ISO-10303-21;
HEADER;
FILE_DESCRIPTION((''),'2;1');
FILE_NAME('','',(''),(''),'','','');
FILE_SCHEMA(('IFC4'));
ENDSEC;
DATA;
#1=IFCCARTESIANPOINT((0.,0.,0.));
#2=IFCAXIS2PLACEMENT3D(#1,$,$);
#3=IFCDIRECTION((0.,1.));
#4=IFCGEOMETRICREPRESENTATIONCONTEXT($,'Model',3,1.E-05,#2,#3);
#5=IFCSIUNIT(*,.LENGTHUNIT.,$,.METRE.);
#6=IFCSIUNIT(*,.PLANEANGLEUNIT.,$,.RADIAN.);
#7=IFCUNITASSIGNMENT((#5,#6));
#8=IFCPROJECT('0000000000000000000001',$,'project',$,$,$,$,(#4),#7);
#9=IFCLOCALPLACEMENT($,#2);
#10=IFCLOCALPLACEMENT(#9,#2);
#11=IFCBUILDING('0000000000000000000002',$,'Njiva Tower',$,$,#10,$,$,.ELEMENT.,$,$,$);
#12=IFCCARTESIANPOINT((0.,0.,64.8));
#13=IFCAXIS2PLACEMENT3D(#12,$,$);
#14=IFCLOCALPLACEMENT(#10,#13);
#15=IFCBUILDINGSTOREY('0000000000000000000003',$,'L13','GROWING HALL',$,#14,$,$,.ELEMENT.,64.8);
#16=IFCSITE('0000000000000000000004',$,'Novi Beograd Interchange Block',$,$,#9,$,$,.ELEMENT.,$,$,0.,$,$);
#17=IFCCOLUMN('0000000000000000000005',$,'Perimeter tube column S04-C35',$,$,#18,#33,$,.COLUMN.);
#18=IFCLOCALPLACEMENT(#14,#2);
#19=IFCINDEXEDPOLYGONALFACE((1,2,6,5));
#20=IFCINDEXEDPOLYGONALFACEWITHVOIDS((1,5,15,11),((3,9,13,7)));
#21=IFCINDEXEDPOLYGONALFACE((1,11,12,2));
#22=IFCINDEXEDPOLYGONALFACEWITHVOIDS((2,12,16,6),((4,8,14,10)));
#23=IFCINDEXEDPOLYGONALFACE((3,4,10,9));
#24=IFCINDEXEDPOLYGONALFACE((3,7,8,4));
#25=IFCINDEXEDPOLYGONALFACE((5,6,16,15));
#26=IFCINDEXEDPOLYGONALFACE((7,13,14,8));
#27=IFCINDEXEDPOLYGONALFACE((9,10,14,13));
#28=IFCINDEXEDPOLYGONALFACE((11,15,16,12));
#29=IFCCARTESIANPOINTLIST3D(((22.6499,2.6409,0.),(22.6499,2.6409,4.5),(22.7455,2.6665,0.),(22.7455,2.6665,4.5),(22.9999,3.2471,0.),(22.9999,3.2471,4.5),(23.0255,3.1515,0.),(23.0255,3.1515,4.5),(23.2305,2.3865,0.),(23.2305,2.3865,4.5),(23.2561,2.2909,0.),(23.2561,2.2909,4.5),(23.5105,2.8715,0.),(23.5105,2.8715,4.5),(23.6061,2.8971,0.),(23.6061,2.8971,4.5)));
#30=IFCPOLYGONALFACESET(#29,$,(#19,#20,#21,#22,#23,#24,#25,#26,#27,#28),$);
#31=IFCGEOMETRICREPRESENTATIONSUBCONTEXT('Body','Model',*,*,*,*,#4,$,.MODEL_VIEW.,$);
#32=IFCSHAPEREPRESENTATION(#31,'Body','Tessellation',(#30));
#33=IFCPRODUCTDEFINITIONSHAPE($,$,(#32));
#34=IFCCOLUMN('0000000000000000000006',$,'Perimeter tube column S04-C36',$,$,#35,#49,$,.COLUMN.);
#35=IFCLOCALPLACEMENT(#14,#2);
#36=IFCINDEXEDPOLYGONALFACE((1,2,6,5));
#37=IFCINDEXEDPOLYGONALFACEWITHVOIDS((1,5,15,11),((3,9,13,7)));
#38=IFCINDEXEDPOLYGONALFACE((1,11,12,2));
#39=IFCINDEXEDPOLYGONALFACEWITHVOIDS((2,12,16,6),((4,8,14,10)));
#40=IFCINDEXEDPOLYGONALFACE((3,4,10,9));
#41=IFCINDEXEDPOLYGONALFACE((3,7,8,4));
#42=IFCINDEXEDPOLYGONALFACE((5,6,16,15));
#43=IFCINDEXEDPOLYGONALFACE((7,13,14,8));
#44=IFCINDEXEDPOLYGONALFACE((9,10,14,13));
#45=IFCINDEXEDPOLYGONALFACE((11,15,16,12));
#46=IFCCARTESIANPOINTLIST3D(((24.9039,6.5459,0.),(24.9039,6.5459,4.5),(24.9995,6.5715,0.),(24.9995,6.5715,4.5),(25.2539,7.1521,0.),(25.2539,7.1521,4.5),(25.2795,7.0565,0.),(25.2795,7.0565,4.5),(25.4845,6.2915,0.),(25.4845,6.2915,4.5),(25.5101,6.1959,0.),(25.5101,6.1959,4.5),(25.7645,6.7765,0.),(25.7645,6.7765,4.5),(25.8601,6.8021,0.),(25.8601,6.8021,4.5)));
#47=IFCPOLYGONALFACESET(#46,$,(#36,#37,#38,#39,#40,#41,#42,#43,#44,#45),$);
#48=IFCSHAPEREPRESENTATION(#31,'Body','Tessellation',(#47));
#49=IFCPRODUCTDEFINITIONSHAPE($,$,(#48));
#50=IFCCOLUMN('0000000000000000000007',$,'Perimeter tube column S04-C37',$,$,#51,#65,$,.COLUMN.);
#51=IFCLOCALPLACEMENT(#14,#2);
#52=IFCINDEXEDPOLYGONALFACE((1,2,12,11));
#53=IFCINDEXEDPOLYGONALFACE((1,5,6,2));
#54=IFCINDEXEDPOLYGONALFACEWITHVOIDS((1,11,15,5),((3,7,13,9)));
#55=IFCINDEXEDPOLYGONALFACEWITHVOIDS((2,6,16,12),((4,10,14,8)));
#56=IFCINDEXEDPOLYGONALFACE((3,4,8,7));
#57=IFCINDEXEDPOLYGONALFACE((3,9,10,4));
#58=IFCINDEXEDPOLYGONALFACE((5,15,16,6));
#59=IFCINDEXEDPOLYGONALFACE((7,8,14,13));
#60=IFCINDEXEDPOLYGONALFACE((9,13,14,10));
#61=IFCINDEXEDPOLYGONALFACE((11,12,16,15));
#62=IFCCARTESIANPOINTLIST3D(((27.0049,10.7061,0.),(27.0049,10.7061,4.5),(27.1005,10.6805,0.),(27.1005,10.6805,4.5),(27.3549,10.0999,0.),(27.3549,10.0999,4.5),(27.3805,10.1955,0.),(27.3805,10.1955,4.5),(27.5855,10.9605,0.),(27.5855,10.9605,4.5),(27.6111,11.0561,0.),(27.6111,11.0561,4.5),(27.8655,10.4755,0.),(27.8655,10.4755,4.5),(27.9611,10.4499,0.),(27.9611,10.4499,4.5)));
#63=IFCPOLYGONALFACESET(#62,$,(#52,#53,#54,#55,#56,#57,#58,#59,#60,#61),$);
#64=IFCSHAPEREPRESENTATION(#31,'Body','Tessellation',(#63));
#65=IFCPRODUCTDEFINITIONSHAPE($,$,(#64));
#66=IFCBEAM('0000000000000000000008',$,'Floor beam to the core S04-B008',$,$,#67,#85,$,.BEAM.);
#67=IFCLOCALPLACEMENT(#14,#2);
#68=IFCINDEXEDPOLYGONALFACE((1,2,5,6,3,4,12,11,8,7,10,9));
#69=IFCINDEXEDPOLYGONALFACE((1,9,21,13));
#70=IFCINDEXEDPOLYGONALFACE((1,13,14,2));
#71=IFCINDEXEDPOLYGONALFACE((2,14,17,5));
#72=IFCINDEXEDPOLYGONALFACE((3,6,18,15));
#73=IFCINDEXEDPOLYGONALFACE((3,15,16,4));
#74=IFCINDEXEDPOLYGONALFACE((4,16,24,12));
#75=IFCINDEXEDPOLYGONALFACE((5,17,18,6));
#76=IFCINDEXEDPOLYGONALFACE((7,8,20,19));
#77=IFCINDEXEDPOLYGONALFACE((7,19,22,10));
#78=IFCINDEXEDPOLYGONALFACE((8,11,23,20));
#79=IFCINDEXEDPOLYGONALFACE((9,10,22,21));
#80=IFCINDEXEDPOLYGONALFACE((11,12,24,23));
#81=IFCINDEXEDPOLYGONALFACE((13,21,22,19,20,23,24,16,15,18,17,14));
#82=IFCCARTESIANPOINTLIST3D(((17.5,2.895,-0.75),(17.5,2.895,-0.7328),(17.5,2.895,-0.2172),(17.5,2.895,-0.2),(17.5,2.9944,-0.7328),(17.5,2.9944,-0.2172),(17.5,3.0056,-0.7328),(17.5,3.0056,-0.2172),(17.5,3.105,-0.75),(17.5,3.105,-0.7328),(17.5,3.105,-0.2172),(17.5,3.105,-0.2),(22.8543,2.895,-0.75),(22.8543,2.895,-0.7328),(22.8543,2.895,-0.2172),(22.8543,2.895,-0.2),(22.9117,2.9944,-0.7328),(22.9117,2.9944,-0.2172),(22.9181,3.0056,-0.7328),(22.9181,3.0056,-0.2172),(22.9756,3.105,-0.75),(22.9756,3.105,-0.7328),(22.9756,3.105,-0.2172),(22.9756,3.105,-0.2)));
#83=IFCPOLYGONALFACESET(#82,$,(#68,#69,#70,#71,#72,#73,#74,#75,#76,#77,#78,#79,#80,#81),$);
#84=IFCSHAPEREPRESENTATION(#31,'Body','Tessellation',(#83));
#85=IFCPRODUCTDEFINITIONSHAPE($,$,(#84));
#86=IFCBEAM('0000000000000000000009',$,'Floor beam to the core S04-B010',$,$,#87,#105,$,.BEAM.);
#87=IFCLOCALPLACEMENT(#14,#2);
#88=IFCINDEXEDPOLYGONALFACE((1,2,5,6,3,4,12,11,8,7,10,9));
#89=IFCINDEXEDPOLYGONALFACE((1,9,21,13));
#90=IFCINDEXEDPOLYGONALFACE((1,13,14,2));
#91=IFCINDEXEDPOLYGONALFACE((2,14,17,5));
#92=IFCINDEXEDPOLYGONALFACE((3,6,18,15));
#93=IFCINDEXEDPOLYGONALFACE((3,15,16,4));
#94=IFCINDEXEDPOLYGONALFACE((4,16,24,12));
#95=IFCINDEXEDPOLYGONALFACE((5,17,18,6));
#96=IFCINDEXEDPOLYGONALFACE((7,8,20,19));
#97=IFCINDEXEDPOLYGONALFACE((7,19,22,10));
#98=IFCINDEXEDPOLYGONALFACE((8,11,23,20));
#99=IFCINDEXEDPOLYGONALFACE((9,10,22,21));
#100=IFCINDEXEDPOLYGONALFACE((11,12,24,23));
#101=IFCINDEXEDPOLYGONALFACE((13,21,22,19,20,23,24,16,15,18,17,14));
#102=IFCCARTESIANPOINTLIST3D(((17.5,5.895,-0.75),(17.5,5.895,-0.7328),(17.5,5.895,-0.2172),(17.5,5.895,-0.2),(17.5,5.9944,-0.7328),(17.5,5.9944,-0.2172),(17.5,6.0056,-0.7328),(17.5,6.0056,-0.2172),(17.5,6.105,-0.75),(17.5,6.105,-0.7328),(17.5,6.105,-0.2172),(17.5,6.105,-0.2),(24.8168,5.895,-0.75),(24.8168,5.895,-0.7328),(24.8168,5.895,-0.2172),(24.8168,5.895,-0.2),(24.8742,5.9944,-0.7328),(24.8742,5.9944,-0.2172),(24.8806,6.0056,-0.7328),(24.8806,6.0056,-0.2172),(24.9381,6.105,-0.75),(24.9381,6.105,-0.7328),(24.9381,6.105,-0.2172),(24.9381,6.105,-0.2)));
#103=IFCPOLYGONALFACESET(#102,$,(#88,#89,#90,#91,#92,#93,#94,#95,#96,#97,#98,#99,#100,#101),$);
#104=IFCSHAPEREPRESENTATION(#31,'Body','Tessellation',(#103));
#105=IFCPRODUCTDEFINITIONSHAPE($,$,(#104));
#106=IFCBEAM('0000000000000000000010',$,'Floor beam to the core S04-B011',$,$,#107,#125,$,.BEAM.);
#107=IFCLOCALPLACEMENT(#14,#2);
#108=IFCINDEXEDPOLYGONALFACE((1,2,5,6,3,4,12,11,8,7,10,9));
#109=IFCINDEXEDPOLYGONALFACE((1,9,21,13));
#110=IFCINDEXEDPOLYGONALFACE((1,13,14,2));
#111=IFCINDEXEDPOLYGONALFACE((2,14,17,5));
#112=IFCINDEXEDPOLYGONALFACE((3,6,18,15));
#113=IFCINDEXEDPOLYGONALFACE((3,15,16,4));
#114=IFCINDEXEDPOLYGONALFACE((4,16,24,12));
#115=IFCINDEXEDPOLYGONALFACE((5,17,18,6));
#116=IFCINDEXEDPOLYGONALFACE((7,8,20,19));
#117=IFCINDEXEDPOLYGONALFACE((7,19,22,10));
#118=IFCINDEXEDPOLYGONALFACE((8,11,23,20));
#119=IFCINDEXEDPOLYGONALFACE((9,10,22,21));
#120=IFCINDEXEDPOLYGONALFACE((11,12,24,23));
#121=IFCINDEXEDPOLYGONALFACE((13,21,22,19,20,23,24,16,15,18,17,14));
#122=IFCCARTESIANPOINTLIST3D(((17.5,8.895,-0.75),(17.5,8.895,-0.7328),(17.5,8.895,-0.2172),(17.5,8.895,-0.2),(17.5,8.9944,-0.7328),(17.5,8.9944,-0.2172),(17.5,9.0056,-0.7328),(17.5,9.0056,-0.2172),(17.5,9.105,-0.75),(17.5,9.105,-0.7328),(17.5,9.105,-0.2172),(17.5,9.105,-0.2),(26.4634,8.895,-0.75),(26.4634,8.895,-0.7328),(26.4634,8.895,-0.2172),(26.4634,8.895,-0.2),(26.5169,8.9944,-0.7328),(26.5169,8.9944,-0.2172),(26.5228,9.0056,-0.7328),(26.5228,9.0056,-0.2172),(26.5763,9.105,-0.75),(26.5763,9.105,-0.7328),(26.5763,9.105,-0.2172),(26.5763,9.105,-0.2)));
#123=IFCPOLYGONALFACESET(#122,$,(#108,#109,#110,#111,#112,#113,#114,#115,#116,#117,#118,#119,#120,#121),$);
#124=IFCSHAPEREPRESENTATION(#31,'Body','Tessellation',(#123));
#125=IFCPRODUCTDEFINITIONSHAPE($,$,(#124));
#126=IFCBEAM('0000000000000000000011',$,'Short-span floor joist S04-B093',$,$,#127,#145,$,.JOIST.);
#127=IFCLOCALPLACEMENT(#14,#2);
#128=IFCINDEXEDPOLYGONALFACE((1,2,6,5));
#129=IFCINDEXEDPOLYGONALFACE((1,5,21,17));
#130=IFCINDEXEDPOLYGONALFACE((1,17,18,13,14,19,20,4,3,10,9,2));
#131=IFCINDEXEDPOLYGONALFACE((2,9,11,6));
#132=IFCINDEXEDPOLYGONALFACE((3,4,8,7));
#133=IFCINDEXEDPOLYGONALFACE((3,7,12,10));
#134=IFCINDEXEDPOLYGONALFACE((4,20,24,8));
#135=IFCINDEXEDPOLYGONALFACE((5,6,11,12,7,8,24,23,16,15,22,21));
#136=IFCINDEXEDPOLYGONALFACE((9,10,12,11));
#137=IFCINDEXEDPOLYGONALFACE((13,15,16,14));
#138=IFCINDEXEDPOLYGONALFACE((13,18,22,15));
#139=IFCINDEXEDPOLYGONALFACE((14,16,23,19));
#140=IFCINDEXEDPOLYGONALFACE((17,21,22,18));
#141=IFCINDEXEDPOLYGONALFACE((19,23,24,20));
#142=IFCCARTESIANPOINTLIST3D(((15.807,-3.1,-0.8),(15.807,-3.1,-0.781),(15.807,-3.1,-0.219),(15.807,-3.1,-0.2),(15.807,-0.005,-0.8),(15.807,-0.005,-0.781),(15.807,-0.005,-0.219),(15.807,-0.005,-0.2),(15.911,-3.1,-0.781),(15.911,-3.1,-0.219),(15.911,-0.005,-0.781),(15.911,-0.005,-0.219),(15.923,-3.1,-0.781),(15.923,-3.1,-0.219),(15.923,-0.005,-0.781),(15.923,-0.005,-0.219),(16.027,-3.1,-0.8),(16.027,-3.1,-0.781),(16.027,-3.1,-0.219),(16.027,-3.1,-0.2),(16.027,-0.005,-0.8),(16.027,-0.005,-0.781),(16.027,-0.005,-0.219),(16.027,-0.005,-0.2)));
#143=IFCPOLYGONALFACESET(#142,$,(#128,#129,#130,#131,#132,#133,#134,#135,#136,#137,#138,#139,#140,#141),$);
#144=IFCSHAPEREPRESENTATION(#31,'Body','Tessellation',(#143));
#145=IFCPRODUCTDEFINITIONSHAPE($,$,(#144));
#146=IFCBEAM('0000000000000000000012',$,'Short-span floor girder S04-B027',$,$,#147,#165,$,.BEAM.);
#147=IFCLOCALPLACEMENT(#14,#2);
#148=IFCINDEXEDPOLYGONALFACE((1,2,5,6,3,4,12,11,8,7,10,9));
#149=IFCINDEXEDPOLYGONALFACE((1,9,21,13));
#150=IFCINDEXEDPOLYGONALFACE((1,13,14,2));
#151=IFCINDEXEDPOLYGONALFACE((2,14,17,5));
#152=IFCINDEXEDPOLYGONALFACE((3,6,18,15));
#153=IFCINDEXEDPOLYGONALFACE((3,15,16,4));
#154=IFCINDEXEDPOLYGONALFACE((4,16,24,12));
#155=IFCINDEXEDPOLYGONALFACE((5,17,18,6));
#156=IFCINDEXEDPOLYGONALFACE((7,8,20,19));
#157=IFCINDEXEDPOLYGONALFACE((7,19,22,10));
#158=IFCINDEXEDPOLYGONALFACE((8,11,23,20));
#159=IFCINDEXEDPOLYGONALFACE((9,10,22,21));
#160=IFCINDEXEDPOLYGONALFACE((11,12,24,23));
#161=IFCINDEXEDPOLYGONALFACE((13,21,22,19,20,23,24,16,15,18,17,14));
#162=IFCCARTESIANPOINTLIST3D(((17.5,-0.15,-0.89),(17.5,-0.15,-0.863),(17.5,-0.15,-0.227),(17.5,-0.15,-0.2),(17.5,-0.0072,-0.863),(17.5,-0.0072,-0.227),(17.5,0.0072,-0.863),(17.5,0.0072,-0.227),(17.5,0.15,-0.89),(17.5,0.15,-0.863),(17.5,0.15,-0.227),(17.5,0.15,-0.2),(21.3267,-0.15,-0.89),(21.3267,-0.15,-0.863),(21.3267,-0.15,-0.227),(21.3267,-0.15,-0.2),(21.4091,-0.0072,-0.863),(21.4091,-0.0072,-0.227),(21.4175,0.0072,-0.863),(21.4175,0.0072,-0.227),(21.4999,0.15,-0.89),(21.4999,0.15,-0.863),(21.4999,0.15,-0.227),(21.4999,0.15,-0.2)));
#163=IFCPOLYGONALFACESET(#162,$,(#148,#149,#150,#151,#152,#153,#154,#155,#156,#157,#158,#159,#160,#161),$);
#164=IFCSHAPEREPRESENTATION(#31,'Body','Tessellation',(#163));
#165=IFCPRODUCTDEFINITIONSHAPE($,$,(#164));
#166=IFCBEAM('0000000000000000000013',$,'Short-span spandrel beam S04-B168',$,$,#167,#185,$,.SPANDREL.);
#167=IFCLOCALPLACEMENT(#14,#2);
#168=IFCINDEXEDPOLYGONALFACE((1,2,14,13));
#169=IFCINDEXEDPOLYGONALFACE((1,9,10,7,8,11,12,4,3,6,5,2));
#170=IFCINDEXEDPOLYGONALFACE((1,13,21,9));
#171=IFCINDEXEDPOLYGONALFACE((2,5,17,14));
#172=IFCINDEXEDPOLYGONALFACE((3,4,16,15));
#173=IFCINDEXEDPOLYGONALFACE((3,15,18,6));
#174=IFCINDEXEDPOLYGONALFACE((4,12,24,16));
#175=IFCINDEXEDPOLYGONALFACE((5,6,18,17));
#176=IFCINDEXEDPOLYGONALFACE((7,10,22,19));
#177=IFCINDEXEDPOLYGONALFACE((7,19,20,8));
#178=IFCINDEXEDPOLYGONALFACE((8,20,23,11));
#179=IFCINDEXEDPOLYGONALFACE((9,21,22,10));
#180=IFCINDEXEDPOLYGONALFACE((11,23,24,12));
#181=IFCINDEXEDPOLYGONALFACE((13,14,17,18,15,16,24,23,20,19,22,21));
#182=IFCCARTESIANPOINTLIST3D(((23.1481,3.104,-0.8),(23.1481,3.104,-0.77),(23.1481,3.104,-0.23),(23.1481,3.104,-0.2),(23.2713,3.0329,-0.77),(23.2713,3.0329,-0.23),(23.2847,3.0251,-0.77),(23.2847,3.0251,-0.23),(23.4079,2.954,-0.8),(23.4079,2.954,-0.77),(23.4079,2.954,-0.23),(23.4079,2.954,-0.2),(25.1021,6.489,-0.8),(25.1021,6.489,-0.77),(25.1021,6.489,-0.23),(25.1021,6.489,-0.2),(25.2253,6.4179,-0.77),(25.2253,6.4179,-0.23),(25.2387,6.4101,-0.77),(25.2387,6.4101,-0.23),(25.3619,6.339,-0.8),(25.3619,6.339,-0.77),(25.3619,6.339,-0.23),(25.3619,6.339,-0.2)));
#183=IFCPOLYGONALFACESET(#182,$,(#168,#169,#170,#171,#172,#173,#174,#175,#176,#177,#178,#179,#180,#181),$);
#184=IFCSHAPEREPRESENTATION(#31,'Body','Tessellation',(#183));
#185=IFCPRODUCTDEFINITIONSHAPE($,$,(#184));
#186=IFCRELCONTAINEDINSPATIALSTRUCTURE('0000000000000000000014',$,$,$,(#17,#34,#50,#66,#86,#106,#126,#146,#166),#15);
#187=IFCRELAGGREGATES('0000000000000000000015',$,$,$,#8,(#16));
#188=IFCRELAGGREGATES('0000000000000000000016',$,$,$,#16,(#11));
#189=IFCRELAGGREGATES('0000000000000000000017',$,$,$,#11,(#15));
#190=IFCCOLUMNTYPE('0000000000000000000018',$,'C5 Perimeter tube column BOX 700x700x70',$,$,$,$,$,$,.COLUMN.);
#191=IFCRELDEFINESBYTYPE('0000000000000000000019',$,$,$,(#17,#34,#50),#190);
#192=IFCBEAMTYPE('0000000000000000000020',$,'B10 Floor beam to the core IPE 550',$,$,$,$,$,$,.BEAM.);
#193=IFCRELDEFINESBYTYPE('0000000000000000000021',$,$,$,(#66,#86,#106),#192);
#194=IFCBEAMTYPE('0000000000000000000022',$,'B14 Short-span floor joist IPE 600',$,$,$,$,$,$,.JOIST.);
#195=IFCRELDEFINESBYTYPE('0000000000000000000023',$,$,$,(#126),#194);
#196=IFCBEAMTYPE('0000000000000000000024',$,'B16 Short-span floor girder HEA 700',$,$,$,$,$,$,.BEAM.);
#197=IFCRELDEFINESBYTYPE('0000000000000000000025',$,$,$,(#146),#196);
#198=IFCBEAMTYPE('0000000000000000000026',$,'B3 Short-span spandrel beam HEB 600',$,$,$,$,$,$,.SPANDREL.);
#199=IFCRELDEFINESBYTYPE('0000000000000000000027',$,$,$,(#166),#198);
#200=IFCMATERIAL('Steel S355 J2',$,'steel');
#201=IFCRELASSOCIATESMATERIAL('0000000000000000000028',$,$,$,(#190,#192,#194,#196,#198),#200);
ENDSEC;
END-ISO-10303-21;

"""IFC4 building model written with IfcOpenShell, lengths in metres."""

from ifc_helpers import new_model, si_unit, direction, frame, origin, origin_2d, place, context, subcontext, project, spatial, hollow_rectangle, i_section, extrude, clip, halfspace, material, material_profile, profile_set, type_object, element, save


model = new_model("IFC4")

# Units and contexts
model_context = context("Model", 3, precision=1e-05, world=origin(), true_north=direction((0.0, 1.0)))
body_context = subcontext(model_context, "Body", "Model", "MODEL_VIEW")
ifc_project = project(units=[si_unit("LENGTHUNIT", "METRE"), si_unit("PLANEANGLEUNIT", "RADIAN")], contexts=[model_context])

# Site, building, storey
site_placement = place(None, origin())
site = spatial("IfcSite", under=ifc_project, at=site_placement, Name="Novi Beograd Interchange Block", CompositionType="ELEMENT", RefElevation=0.0)
building_placement = place(site_placement, origin())
building = spatial("IfcBuilding", under=site, at=building_placement, Name="Njiva Tower", CompositionType="ELEMENT")
storey_placement = place(building_placement, frame((0.0, 0.0, 64.8)))
storey = spatial("IfcBuildingStorey", under=building, at=storey_placement, Name="L13", Description="GROWING HALL", CompositionType="ELEMENT", Elevation=64.8)

# Columns
ifc_material_1 = material(Name="Steel S355 J2", Category="steel")
ifc_material_profile_1 = material_profile(ifc_material_1, hollow_rectangle(XDim=0.7, YDim=0.7, WallThickness=0.07, at=origin_2d()), Name="BOX 700x700x70")
ifc_profile_set_1 = profile_set([ifc_material_profile_1], Name="Steel S355 J2")
column_type = type_object("IfcColumnType", Name="C5 Perimeter tube column BOX 700x700x70", PredefinedType="COLUMN", material=ifc_profile_set_1)
for number, where, z_axis, x_axis, name in (
    (1, (23.128, 2.769, 0.0), (0.0, 0.0, 1.0), (0.5, 0.866025, 0.0), "Perimeter tube column S04-C35"),
    (2, (25.382, 6.674, 0.0), (0.0, 0.0, 1.0), (0.5, 0.866025, 0.0), "Perimeter tube column S04-C36"),
    (3, (27.483, 10.578, 0.0), (0.0, 0.0, 1.0), (-0.5, 0.866025, 0.0), "Perimeter tube column S04-C37"),
):
    element("IfcColumn", number, at=place(storey_placement, frame(where, z_axis=z_axis, x_axis=x_axis)), inside=storey, type_object=column_type, Name=name, PredefinedType="COLUMN", context=body_context, shape_type="SweptSolid", body=[
        extrude(hollow_rectangle(XDim=0.7, YDim=0.7, WallThickness=0.07, at=origin_2d()), origin(), (0.0, 0.0, 1.0), 4.5),
    ])

# Beams
ifc_material_profile_2 = material_profile(ifc_material_1, i_section(OverallWidth=0.21, OverallDepth=0.55, WebThickness=0.0111, FlangeThickness=0.0172, at=origin_2d()), Name="IPE 550")
ifc_profile_set_2 = profile_set([ifc_material_profile_2], Name="Steel S355 J2")
beam_type_1 = type_object("IfcBeamType", Name="B10 Floor beam to the core IPE 550", PredefinedType="BEAM", material=ifc_profile_set_2)
beam_1_placement = place(storey_placement, frame((17.5, 3.0, -0.475), z_axis=(1.0, 0.0, 0.0), x_axis=(0.0, 1.0, 0.0)))
element("IfcBeam", 4, at=beam_1_placement, inside=storey, type_object=beam_type_1, Name="Floor beam to the core S04-B008", PredefinedType="BEAM", context=body_context, shape_type="Clipping", body=[
    clip(extrude(i_section(OverallWidth=0.21, OverallDepth=0.55, WebThickness=0.0111, FlangeThickness=0.0172, at=origin_2d()), origin(), (0.0, 0.0, 1.0), 5.496), halfspace(frame((-0.025, 0.0, 5.4005), z_axis=(-0.499998, 0.0, 0.866027), x_axis=(0.0, 1.0, 0.0)), False)),
])
beam_2_placement = place(storey_placement, frame((17.5, 6.0, -0.475), z_axis=(1.0, 0.0, 0.0), x_axis=(0.0, 1.0, 0.0)))
element("IfcBeam", 5, at=beam_2_placement, inside=storey, type_object=beam_type_1, Name="Floor beam to the core S04-B010", PredefinedType="BEAM", context=body_context, shape_type="Clipping", body=[
    clip(extrude(i_section(OverallWidth=0.21, OverallDepth=0.55, WebThickness=0.0111, FlangeThickness=0.0172, at=origin_2d()), origin(), (0.0, 0.0, 1.0), 7.458), halfspace(frame((-0.025, 0.0, 7.363), z_axis=(-0.499998, 0.0, 0.866027), x_axis=(0.0, 1.0, 0.0)), False)),
])
beam_3_placement = place(storey_placement, frame((17.5, 9.0, -0.475), z_axis=(1.0, 0.0, 0.0), x_axis=(0.0, 1.0, 0.0)))
element("IfcBeam", 6, at=beam_3_placement, inside=storey, type_object=beam_type_1, Name="Floor beam to the core S04-B011", PredefinedType="BEAM", context=body_context, shape_type="Clipping", body=[
    clip(extrude(i_section(OverallWidth=0.21, OverallDepth=0.55, WebThickness=0.0111, FlangeThickness=0.0172, at=origin_2d()), origin(), (0.0, 0.0, 1.0), 9.096), halfspace(frame((-0.0237, 0.0, 9.0071), z_axis=(-0.473777, 0.0, 0.880645), x_axis=(0.0, 1.0, 0.0)), False)),
])
ifc_material_profile_3 = material_profile(ifc_material_1, i_section(OverallWidth=0.22, OverallDepth=0.6, WebThickness=0.012, FlangeThickness=0.019, at=origin_2d()), Name="IPE 600")
ifc_profile_set_3 = profile_set([ifc_material_profile_3], Name="Steel S355 J2")
beam_type_2 = type_object("IfcBeamType", Name="B14 Short-span floor joist IPE 600", PredefinedType="JOIST", material=ifc_profile_set_3)
beam_4_placement = place(storey_placement, frame((15.917, -0.005, -0.5), z_axis=(0.0, -1.0, 0.0), x_axis=(1.0, 0.0, 0.0)))
element("IfcBeam", 7, at=beam_4_placement, inside=storey, type_object=beam_type_2, Name="Short-span floor joist S04-B093", PredefinedType="JOIST", context=body_context, shape_type="SweptSolid", body=[
    extrude(i_section(OverallWidth=0.22, OverallDepth=0.6, WebThickness=0.012, FlangeThickness=0.019, at=origin_2d()), origin(), (0.0, 0.0, 1.0), 3.095),
])
ifc_material_profile_4 = material_profile(ifc_material_1, i_section(OverallWidth=0.3, OverallDepth=0.69, WebThickness=0.0145, FlangeThickness=0.027, at=origin_2d()), Name="HEA 700")
ifc_profile_set_4 = profile_set([ifc_material_profile_4], Name="Steel S355 J2")
beam_type_3 = type_object("IfcBeamType", Name="B16 Short-span floor girder HEA 700", PredefinedType="BEAM", material=ifc_profile_set_4)
beam_5_placement = place(storey_placement, frame((17.5, 0.0, -0.545), z_axis=(1.0, 0.0, 0.0), x_axis=(0.0, 1.0, 0.0)))
element("IfcBeam", 8, at=beam_5_placement, inside=storey, type_object=beam_type_3, Name="Short-span floor girder S04-B027", PredefinedType="BEAM", context=body_context, shape_type="Clipping", body=[
    clip(extrude(i_section(OverallWidth=0.3, OverallDepth=0.69, WebThickness=0.0145, FlangeThickness=0.027, at=origin_2d()), origin(), (0.0, 0.0, 1.0), 4.02), halfspace(frame((-0.025, 0.0, 3.8989), z_axis=(-0.499998, 0.0, 0.866027), x_axis=(0.0, 1.0, 0.0)), False)),
])
ifc_material_profile_5 = material_profile(ifc_material_1, i_section(OverallWidth=0.3, OverallDepth=0.6, WebThickness=0.0155, FlangeThickness=0.03, at=origin_2d()), Name="HEB 600")
ifc_profile_set_5 = profile_set([ifc_material_profile_5], Name="Steel S355 J2")
beam_type_4 = type_object("IfcBeamType", Name="B3 Short-span spandrel beam HEB 600", PredefinedType="SPANDREL", material=ifc_profile_set_5)
beam_6_placement = place(storey_placement, frame((23.278, 3.029, -0.5), z_axis=(0.499937, 0.866062, 0.0), x_axis=(-0.866062, 0.499937, 0.0)))
element("IfcBeam", 9, at=beam_6_placement, inside=storey, type_object=beam_type_4, Name="Short-span spandrel beam S04-B168", PredefinedType="SPANDREL", context=body_context, shape_type="SweptSolid", body=[
    extrude(i_section(OverallWidth=0.3, OverallDepth=0.6, WebThickness=0.0155, FlangeThickness=0.03, at=origin_2d()), origin(), (0.0, 0.0, 1.0), 3.9085),
])

save(model, "model.ifc")
